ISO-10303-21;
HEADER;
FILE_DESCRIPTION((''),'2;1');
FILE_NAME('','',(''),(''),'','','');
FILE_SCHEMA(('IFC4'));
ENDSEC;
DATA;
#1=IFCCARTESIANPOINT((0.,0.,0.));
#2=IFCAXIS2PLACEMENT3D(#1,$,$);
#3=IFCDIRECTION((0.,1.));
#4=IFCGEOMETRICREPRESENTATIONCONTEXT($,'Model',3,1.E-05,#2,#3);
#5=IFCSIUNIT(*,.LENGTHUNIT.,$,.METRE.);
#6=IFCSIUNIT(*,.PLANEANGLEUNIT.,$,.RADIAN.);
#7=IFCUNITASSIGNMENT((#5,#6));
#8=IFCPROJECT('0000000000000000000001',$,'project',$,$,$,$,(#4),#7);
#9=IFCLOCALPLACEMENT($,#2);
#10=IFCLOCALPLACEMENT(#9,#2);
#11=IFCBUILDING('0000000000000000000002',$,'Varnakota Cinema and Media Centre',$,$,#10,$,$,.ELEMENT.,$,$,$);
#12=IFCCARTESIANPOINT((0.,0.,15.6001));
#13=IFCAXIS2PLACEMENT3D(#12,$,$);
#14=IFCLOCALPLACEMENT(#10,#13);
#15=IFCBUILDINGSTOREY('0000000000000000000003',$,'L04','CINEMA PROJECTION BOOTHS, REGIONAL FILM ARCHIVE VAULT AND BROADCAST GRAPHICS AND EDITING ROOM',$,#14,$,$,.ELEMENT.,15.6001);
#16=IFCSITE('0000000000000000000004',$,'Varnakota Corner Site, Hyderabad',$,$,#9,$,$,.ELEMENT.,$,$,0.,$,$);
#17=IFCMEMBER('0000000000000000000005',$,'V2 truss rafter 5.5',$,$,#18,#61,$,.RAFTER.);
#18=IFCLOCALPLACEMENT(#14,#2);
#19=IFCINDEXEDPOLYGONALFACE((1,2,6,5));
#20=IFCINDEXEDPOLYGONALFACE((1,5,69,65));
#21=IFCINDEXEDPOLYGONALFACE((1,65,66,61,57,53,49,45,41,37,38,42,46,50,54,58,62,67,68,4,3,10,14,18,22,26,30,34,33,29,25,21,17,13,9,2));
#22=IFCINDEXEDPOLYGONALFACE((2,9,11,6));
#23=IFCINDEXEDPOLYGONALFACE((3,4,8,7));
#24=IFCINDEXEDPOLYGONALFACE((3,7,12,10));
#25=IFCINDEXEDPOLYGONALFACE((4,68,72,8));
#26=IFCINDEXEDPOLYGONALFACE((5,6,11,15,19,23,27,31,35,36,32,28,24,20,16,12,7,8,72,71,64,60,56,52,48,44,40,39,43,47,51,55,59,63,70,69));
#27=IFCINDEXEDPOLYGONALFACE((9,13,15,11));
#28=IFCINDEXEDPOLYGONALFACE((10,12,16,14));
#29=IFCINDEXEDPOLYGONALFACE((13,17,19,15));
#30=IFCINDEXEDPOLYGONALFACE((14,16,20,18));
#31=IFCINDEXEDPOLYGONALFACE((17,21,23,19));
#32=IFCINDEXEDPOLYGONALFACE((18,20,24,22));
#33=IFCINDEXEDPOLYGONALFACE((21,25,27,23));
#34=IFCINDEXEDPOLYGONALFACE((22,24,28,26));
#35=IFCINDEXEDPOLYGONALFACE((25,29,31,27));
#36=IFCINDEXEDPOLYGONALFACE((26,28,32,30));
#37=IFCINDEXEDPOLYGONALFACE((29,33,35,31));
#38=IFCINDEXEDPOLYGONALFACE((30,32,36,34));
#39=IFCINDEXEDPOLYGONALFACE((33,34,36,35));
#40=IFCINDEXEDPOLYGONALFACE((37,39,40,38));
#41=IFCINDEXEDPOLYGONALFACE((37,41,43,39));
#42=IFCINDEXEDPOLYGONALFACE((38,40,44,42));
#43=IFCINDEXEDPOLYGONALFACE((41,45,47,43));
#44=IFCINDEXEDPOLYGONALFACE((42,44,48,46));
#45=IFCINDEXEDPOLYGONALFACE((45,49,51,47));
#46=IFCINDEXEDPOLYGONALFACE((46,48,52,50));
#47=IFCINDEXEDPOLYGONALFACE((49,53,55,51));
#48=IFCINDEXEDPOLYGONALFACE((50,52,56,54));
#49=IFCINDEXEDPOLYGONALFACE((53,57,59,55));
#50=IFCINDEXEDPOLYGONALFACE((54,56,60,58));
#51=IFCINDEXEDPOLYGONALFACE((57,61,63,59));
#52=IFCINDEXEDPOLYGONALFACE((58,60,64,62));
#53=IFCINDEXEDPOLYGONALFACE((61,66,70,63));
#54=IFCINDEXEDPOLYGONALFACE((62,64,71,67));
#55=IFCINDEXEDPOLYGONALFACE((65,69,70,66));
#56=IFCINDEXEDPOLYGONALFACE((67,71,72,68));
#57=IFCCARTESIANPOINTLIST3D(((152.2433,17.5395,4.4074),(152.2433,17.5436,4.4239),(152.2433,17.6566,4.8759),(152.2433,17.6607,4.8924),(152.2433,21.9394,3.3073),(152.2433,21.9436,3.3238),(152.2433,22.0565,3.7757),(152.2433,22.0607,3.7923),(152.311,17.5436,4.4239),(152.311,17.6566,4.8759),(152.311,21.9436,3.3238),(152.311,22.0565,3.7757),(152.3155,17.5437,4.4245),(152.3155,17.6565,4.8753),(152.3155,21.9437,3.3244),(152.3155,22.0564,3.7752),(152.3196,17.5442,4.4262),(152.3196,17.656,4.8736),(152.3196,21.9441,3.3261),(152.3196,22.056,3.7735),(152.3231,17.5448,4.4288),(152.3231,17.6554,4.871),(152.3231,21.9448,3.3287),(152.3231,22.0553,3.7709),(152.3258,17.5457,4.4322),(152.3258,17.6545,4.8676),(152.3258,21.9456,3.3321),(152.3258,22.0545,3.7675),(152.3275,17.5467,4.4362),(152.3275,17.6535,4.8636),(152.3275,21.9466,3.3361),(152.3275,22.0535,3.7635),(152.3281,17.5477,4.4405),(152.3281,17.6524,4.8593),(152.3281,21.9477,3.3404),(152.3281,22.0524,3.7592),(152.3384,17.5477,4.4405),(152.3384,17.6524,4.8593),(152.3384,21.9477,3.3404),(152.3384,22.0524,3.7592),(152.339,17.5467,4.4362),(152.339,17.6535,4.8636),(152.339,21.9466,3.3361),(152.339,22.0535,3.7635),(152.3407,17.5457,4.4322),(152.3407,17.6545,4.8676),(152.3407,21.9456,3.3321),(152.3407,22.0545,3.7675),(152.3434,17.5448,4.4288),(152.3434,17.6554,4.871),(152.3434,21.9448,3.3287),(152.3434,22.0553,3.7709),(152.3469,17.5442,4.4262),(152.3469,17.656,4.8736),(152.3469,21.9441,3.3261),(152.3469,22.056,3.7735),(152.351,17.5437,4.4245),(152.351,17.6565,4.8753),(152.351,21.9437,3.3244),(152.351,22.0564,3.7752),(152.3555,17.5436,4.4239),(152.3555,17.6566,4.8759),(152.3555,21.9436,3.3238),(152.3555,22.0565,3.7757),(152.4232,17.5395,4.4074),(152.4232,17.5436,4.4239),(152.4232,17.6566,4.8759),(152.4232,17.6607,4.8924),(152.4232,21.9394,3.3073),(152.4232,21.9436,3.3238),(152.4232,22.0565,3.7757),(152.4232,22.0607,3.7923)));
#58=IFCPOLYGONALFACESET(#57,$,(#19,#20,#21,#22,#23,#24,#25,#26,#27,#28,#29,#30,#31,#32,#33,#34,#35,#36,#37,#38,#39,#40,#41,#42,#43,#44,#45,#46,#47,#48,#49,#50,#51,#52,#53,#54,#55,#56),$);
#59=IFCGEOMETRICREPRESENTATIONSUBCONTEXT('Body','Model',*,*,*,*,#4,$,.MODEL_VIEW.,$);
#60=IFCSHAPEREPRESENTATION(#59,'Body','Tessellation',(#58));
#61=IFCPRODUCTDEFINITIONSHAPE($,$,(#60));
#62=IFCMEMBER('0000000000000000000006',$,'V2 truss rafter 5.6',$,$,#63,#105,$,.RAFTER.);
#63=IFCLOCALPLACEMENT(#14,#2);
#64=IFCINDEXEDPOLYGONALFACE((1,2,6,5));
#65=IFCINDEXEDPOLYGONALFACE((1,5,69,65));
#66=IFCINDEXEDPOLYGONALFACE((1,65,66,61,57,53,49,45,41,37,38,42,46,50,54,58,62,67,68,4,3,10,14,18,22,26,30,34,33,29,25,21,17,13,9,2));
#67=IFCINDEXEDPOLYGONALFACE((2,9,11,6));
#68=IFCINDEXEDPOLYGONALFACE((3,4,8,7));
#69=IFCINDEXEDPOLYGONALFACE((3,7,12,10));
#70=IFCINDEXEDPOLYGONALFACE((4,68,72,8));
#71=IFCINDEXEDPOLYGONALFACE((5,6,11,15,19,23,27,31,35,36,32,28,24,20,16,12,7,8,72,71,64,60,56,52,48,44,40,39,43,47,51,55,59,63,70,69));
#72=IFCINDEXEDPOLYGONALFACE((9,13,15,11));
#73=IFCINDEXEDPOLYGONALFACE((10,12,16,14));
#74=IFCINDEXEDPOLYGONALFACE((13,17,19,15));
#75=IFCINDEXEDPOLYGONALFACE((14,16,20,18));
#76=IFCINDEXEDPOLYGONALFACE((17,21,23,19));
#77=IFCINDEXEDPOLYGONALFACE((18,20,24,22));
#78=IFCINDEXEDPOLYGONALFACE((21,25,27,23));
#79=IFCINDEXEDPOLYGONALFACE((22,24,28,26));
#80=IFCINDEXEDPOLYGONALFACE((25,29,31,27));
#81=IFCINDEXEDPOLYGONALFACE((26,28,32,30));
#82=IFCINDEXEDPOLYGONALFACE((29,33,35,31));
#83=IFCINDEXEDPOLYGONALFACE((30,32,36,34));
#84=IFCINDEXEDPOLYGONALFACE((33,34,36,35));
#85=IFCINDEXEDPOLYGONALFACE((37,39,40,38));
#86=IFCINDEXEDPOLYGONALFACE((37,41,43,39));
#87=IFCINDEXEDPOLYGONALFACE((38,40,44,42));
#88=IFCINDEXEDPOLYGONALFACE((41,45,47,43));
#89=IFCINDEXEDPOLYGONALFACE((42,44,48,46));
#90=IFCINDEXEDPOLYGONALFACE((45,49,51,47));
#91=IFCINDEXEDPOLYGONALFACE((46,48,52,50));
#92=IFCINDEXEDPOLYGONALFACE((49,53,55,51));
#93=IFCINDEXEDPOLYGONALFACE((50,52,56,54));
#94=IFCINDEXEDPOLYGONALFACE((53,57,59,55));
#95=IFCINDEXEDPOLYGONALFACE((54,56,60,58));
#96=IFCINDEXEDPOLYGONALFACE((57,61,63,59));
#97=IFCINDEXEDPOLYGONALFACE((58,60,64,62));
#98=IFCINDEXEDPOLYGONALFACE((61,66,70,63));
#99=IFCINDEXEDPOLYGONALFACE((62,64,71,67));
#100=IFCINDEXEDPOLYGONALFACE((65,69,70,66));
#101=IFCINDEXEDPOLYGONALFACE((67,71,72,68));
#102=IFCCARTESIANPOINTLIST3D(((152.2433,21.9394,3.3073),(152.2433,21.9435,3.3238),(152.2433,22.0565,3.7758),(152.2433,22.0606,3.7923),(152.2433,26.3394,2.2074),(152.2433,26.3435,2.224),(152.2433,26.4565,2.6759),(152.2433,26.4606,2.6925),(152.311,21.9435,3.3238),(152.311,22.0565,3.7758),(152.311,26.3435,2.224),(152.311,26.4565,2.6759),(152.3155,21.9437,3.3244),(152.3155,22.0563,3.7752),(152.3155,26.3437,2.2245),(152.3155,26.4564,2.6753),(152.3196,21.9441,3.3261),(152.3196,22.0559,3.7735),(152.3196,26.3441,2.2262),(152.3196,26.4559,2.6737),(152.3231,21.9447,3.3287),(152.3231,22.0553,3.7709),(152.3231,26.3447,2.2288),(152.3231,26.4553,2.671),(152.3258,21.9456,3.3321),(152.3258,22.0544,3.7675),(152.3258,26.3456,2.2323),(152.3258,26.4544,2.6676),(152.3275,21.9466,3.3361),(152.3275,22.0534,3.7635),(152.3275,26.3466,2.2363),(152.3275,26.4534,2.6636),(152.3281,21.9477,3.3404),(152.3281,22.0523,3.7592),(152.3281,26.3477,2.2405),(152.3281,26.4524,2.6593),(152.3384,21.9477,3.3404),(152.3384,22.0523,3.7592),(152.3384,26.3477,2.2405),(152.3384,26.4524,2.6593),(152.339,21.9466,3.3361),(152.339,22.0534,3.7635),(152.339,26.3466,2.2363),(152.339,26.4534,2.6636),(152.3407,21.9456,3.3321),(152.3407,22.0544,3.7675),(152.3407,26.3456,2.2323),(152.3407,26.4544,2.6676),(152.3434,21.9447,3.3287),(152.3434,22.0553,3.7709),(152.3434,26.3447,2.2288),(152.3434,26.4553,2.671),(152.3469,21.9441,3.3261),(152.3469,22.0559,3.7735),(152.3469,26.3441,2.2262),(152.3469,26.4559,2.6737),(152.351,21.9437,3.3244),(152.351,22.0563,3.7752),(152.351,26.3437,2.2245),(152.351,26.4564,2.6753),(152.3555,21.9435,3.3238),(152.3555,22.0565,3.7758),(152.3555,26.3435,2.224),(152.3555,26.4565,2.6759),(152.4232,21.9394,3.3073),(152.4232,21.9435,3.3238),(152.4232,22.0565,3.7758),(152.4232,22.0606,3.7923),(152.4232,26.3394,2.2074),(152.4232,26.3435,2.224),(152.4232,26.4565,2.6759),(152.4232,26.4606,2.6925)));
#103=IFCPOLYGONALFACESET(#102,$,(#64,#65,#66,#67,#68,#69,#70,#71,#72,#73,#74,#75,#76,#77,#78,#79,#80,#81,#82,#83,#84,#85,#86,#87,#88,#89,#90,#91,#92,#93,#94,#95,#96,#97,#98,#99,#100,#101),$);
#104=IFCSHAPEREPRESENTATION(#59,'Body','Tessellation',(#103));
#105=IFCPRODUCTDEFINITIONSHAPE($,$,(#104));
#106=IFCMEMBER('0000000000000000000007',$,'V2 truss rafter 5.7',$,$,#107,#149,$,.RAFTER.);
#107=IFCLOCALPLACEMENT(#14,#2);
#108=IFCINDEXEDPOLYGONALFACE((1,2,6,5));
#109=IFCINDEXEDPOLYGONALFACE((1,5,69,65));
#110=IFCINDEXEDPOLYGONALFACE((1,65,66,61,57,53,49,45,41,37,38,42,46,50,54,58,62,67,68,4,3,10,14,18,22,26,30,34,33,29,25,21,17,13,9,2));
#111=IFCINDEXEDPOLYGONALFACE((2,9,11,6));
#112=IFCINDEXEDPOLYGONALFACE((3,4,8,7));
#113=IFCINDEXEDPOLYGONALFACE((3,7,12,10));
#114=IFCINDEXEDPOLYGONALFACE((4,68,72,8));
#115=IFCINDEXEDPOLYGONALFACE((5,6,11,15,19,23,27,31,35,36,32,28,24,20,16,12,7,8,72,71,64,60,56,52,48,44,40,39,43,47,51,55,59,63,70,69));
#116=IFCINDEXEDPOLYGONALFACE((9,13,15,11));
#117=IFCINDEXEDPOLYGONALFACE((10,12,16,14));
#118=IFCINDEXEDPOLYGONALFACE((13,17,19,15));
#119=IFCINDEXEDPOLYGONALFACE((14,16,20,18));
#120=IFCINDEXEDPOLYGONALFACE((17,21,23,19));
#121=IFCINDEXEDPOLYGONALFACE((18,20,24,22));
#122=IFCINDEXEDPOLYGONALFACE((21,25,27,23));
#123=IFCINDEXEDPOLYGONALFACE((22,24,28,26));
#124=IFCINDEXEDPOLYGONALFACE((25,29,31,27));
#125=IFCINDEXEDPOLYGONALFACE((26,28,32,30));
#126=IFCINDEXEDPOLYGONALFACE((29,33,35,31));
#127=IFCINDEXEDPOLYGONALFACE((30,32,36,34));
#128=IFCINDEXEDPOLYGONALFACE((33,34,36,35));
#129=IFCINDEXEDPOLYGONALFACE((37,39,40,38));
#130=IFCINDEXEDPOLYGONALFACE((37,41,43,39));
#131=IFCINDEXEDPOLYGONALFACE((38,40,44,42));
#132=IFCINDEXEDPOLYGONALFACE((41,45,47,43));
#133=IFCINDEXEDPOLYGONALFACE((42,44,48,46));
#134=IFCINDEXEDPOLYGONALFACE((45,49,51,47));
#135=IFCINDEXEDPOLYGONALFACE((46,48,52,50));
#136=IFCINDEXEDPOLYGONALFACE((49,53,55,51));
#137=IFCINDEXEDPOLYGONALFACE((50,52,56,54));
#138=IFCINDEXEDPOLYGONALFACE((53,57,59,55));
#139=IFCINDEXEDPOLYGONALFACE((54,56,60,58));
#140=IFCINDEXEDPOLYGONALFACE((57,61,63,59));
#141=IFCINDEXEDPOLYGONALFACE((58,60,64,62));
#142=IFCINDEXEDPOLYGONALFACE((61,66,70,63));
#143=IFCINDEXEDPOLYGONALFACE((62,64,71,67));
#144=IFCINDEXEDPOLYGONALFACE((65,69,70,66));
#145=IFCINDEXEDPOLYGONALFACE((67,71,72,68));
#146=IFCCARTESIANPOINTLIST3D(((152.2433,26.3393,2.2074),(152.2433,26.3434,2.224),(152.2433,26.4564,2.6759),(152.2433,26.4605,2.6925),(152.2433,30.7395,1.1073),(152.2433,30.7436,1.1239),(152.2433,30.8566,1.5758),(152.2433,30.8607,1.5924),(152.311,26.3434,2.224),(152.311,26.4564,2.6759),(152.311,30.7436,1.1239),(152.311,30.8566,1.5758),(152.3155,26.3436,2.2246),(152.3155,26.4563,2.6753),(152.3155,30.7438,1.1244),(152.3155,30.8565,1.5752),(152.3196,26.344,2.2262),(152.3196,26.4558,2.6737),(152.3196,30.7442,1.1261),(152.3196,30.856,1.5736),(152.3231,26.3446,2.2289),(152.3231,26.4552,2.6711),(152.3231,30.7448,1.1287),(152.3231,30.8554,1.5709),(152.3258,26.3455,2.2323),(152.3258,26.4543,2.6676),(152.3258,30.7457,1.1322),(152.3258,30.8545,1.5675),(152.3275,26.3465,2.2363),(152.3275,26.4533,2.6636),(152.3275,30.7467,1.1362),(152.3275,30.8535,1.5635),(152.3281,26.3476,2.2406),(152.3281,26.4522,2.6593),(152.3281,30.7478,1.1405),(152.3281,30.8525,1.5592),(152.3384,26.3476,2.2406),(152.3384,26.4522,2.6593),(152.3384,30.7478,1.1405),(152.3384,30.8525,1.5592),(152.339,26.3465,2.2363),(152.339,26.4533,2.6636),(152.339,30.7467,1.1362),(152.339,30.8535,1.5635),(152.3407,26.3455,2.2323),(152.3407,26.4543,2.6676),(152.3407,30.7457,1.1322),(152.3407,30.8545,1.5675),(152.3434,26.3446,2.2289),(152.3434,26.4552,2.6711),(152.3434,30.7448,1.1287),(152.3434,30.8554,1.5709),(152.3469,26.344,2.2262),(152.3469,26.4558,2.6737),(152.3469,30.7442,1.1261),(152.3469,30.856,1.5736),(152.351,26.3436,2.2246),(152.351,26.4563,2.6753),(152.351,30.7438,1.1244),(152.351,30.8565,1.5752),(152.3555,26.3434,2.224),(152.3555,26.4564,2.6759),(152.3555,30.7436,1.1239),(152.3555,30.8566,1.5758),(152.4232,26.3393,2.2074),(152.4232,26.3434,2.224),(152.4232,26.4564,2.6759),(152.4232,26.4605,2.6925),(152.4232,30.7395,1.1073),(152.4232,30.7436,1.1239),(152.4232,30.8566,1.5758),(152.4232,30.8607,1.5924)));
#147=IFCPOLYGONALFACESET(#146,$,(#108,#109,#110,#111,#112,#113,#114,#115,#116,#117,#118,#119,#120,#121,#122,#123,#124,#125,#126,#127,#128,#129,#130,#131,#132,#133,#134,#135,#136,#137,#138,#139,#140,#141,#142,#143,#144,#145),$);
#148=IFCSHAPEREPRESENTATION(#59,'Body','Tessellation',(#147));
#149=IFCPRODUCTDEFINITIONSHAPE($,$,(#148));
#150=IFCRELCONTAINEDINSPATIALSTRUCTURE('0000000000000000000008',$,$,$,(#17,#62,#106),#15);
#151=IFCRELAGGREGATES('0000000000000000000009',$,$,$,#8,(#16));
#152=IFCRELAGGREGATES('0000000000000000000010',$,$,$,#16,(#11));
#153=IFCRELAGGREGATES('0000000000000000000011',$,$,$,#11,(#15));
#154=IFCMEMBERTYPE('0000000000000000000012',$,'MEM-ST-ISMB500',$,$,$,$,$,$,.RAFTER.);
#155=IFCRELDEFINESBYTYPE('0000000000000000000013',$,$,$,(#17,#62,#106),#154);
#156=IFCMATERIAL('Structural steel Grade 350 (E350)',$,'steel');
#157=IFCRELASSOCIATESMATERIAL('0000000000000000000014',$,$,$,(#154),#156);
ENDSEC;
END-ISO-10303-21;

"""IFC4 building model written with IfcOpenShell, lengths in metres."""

from ifc_helpers import new_model, si_unit, direction, frame, origin, origin_2d, place, context, subcontext, project, spatial, i_section, extrude, material, material_profile, profile_set, type_object, element, save


model = new_model("IFC4")

# Units and contexts
model_context = context("Model", 3, precision=1e-05, world=origin(), true_north=direction((0.0, 1.0)))
body_context = subcontext(model_context, "Body", "Model", "MODEL_VIEW")
ifc_project = project(units=[si_unit("LENGTHUNIT", "METRE"), si_unit("PLANEANGLEUNIT", "RADIAN")], contexts=[model_context])

# Site, building, storey
site_placement = place(None, origin())
site = spatial("IfcSite", under=ifc_project, at=site_placement, Name="Varnakota Corner Site, Hyderabad", CompositionType="ELEMENT", RefElevation=0.0)
building_placement = place(site_placement, origin())
building = spatial("IfcBuilding", under=site, at=building_placement, Name="Varnakota Cinema and Media Centre", CompositionType="ELEMENT")
storey_placement = place(building_placement, frame((0.0, 0.0, 15.6001)))
storey = spatial("IfcBuildingStorey", under=building, at=storey_placement, Name="L04", Description="CINEMA PROJECTION BOOTHS, REGIONAL FILM ARCHIVE VAULT AND BROADCAST GRAPHICS AND EDITING ROOM", CompositionType="ELEMENT", Elevation=15.6001)

# Members
ifc_material_1 = material(Name="Structural steel Grade 350 (E350)", Category="steel")
ifc_material_profile_1 = material_profile(ifc_material_1, i_section(OverallWidth=0.1799, OverallDepth=0.5, WebThickness=0.0103, FlangeThickness=0.0171, FilletRadius=0.0171, at=origin_2d()), Name="ISMB 500")
ifc_profile_set_1 = profile_set([ifc_material_profile_1], Name="Structural steel Grade 350 (E350)")
member_type_1 = type_object("IfcMemberType", Name="MEM-ST-ISMB500", PredefinedType="RAFTER", material=ifc_profile_set_1)
for number, where, z_axis, x_axis, name in (
    (1, (152.3333, 17.6001, 4.6499), (0.0, 0.970136, -0.242561), (-1.0, 0.0, 0.0), "V2 truss rafter 5.5"),
    (2, (152.3333, 22.0, 3.5498), (0.0, 0.970149, -0.24251), (-1.0, 0.0, 0.0), "V2 truss rafter 5.6"),
):
    element("IfcMember", number, at=place(storey_placement, frame(where, z_axis=z_axis, x_axis=x_axis)), inside=storey, type_object=member_type_1, Name=name, PredefinedType="RAFTER", context=body_context, shape_type="SweptSolid", body=[
        extrude(i_section(OverallWidth=0.1799, OverallDepth=0.5, WebThickness=0.0103, FlangeThickness=0.0171, FilletRadius=0.0171, at=origin_2d()), origin(), (0.0, 0.0, 1.0), 4.5354),
    ])
member_1_placement = place(storey_placement, frame((152.3333, 26.3999, 2.45), z_axis=(0.0, 0.970139, -0.242548), x_axis=(-1.0, 0.0, 0.0)))
element("IfcMember", 3, at=member_1_placement, inside=storey, type_object=member_type_1, Name="V2 truss rafter 5.7", PredefinedType="RAFTER", context=body_context, shape_type="SweptSolid", body=[
    extrude(i_section(OverallWidth=0.1799, OverallDepth=0.5, WebThickness=0.0103, FlangeThickness=0.0171, FilletRadius=0.0171, at=origin_2d()), origin(), (0.0, 0.0, 1.0), 4.5356),
])

save(model, "model.ifc")
